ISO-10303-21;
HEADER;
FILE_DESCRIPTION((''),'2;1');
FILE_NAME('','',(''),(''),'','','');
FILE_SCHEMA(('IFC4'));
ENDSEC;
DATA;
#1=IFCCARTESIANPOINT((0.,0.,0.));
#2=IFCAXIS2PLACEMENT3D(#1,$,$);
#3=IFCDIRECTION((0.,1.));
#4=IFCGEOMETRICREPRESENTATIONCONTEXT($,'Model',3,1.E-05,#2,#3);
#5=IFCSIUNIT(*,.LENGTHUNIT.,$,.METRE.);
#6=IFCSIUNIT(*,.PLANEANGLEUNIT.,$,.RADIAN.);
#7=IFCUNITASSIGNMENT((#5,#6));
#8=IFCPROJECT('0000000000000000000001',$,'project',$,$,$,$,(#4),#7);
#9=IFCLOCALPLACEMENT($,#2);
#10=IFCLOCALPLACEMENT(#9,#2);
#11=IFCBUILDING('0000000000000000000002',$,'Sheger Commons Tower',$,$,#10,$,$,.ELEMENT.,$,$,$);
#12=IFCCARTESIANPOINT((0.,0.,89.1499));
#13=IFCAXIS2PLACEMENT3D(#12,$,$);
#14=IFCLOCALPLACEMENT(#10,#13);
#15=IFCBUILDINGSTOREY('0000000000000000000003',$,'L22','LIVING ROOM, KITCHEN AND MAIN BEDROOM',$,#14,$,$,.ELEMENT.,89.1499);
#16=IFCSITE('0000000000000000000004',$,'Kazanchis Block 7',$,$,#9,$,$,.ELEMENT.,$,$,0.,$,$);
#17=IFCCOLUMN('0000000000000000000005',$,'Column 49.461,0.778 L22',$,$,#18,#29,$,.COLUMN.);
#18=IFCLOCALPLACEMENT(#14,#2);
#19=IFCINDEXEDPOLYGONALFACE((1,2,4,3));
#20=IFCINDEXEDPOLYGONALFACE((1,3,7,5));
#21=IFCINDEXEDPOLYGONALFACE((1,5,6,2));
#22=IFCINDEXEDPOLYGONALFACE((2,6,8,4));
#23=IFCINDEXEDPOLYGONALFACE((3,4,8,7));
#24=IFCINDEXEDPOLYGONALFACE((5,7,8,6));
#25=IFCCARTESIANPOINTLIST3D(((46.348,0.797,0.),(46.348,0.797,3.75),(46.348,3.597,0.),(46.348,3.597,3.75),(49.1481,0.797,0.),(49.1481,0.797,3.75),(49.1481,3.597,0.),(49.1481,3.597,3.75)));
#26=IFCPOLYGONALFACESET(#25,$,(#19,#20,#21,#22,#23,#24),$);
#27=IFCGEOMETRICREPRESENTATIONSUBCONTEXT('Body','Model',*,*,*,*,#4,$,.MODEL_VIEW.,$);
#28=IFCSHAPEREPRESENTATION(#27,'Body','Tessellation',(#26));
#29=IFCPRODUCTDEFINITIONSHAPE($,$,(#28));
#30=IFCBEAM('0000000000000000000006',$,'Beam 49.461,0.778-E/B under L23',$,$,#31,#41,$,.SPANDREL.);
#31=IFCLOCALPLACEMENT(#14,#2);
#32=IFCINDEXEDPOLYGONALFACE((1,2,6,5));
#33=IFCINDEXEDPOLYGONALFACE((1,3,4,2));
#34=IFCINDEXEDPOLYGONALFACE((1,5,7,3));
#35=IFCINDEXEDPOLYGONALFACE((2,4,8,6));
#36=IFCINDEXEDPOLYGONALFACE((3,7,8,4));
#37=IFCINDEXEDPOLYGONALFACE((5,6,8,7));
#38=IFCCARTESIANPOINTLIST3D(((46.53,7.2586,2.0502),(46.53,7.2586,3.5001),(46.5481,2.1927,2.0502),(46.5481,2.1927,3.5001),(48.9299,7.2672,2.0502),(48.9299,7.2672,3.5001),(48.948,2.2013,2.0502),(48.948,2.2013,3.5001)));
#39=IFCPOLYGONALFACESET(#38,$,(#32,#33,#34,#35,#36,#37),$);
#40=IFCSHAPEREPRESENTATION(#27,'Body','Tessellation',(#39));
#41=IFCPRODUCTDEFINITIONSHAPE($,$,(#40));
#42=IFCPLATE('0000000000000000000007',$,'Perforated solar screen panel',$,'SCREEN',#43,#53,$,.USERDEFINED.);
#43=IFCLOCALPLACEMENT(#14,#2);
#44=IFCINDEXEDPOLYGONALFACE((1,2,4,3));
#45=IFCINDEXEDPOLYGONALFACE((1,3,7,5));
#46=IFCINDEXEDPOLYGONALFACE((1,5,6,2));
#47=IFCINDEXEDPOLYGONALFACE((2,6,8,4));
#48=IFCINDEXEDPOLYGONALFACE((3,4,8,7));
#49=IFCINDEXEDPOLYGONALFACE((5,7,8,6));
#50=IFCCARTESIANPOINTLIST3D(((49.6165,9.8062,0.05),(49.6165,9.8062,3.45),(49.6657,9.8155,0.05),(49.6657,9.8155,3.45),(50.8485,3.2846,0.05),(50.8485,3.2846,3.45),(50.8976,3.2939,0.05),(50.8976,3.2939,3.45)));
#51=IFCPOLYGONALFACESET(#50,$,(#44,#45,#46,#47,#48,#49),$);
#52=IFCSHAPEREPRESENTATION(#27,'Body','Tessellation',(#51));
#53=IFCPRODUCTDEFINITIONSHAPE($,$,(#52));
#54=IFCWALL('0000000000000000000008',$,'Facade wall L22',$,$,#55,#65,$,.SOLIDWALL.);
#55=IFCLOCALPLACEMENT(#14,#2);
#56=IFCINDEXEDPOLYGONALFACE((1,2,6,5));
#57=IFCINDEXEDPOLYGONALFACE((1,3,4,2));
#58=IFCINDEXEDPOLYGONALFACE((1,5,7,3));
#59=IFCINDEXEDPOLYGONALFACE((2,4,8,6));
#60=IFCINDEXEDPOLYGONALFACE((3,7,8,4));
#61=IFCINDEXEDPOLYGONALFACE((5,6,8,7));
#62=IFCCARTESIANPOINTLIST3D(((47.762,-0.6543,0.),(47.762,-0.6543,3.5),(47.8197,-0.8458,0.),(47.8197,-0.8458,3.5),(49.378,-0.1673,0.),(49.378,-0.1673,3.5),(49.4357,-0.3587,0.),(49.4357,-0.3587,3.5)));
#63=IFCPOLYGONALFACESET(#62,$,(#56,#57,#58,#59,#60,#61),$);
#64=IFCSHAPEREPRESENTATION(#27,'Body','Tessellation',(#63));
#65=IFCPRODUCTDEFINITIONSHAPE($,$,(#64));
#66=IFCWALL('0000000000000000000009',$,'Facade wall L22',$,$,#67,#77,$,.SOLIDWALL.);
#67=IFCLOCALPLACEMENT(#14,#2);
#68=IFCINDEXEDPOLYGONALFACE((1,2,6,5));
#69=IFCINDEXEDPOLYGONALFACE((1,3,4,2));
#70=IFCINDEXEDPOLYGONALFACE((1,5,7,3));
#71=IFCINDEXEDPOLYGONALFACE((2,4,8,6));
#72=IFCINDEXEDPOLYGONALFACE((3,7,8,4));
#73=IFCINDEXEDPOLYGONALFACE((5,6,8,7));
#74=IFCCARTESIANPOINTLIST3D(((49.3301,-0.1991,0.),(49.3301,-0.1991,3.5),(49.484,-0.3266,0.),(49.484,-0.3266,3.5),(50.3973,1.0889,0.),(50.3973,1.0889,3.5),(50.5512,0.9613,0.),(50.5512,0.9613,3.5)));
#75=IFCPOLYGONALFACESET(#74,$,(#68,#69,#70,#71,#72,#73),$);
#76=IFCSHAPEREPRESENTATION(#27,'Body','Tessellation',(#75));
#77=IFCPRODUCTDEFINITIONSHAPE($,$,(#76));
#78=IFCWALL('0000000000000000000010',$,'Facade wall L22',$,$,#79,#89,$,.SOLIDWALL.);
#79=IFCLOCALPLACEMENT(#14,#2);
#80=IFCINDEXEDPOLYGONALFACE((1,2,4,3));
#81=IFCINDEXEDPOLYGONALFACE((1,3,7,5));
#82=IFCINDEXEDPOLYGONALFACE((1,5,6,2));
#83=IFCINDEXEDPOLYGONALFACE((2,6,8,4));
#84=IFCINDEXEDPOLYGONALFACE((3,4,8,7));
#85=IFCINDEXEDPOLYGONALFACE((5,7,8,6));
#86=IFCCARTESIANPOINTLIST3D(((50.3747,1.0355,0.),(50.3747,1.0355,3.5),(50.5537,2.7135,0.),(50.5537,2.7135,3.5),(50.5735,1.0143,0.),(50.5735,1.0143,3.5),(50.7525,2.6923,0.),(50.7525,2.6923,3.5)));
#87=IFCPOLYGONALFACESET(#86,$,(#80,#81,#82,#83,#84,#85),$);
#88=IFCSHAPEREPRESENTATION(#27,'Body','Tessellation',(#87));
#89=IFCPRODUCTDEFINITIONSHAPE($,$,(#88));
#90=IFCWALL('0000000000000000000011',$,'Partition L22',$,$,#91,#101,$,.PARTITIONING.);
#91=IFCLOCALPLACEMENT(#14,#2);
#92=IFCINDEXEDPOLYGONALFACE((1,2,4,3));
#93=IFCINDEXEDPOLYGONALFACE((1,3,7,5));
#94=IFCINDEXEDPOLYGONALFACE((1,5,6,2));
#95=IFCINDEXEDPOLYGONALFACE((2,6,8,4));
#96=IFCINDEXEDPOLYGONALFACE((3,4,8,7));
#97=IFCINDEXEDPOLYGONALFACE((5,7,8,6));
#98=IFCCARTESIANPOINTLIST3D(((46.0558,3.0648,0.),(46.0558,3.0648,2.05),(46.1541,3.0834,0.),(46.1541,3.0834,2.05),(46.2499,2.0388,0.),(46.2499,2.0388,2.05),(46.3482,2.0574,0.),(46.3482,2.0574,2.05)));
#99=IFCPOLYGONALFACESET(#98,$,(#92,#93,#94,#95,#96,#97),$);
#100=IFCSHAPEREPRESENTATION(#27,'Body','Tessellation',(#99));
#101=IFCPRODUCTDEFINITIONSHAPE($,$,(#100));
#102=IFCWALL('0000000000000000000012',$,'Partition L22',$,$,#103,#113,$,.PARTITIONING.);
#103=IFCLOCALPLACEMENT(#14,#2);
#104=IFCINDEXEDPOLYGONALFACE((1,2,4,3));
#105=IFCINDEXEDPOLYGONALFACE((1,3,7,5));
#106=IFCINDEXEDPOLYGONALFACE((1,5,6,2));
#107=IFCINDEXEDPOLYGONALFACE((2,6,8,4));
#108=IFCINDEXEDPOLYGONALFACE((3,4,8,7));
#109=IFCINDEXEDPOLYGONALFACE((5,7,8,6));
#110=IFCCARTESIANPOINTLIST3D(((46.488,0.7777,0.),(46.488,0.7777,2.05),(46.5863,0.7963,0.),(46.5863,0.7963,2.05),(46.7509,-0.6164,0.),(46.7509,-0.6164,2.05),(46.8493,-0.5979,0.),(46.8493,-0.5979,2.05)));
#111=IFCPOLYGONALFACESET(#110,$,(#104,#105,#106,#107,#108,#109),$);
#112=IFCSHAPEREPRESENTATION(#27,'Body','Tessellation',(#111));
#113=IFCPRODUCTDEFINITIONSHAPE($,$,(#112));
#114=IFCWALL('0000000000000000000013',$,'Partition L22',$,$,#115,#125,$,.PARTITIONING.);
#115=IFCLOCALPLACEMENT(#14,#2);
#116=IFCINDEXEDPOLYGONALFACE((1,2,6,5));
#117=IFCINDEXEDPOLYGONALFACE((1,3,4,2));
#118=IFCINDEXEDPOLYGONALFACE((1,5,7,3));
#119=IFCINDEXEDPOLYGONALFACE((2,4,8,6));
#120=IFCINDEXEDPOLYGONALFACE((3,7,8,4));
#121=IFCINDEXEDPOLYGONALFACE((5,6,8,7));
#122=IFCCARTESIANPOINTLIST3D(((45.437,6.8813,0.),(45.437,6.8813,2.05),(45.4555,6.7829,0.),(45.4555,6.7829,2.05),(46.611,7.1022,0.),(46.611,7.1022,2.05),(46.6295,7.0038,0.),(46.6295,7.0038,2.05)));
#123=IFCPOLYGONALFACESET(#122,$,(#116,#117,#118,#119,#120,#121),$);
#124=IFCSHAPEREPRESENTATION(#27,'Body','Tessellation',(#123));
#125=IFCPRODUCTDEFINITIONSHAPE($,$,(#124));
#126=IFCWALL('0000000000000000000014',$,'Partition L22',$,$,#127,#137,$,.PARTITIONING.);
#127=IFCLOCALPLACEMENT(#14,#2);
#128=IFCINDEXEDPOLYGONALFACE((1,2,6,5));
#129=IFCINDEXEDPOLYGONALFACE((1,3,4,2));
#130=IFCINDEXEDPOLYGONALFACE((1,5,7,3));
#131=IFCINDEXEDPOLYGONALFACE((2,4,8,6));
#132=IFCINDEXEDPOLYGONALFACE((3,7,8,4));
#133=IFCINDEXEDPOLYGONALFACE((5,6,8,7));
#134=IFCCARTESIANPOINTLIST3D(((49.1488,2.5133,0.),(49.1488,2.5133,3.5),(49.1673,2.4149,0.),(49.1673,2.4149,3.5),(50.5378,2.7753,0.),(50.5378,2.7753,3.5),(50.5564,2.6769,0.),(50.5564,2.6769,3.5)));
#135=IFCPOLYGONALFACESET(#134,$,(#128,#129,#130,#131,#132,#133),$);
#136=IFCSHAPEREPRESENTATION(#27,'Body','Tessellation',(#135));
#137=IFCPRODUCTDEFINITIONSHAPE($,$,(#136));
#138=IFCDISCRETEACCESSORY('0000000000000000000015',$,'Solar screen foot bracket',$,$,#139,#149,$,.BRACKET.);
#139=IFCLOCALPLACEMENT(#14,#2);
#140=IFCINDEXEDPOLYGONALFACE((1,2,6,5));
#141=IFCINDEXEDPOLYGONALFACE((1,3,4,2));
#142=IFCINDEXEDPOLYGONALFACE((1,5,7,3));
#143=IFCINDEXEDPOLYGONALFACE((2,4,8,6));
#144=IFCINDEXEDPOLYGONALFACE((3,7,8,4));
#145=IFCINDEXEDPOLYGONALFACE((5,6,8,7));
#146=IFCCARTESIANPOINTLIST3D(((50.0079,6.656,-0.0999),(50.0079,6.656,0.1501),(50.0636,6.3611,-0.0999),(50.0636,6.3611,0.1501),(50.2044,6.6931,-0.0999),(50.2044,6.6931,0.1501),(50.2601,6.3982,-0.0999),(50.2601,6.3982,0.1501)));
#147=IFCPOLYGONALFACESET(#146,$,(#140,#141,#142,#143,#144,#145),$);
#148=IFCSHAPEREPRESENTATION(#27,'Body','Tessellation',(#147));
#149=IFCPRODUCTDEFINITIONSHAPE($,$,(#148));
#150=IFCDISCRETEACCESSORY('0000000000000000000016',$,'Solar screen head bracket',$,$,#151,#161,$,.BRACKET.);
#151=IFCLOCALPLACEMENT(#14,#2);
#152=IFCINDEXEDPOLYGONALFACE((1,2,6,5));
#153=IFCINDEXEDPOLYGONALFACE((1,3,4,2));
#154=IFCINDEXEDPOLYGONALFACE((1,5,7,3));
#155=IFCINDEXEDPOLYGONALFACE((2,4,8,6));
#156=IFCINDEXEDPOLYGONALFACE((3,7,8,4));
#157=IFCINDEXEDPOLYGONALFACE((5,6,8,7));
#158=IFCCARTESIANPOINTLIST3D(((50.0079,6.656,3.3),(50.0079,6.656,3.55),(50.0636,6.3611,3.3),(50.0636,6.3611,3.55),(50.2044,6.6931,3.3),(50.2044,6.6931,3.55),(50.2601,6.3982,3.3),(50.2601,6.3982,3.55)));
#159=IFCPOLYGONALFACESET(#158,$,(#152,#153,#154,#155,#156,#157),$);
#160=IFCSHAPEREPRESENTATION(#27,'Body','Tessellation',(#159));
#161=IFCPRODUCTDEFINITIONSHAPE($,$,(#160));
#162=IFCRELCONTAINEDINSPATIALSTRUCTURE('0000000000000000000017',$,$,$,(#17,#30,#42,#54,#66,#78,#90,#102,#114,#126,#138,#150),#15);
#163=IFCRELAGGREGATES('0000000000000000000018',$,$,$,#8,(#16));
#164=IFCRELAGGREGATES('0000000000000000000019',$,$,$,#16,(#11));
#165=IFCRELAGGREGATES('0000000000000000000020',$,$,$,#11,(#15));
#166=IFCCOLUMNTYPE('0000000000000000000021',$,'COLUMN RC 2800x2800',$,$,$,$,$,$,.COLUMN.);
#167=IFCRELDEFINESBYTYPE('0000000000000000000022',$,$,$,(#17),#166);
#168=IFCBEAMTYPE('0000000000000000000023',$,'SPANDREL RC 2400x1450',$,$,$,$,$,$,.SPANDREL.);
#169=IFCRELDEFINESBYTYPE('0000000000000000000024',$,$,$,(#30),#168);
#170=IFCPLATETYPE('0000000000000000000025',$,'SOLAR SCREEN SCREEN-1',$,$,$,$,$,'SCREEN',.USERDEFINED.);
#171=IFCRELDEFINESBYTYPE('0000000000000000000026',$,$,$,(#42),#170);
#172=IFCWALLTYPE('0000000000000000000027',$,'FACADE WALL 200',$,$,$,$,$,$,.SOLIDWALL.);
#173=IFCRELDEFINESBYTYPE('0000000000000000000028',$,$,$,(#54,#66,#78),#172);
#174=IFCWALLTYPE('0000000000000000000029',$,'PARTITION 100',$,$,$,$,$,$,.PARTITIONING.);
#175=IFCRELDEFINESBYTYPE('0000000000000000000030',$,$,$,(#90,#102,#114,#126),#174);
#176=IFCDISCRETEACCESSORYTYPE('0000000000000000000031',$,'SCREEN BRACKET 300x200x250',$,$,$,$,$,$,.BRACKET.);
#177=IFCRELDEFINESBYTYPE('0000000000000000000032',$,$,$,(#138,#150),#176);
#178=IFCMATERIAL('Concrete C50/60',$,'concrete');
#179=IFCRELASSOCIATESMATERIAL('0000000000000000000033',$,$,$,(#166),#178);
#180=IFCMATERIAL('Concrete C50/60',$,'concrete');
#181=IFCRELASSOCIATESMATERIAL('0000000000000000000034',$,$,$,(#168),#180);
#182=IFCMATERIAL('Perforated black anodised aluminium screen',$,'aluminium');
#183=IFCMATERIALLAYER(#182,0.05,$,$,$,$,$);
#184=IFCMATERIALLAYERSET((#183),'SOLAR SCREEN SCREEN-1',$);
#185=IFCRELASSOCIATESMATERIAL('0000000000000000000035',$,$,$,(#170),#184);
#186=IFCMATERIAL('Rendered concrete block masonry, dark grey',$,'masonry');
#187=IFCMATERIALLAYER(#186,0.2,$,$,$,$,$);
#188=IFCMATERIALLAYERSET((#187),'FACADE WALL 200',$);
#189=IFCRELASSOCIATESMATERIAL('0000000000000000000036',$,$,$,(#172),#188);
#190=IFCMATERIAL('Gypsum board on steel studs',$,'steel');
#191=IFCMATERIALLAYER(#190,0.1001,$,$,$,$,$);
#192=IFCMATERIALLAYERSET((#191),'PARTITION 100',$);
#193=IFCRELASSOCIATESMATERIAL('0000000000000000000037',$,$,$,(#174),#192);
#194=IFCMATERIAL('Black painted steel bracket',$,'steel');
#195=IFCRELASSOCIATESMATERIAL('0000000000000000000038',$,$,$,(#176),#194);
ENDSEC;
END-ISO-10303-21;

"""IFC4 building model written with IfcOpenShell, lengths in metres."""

from ifc_helpers import new_model, si_unit, direction, frame, frame_2d, origin, origin_2d, place, context, subcontext, project, spatial, rectangle, extrude, material, layer, layer_set, material_profile, profile_set, type_object, element, save


model = new_model("IFC4")

# Units and contexts
model_context = context("Model", 3, precision=1e-05, world=origin(), true_north=direction((0.0, 1.0)))
body_context = subcontext(model_context, "Body", "Model", "MODEL_VIEW")
ifc_project = project(units=[si_unit("LENGTHUNIT", "METRE"), si_unit("PLANEANGLEUNIT", "RADIAN")], contexts=[model_context])

# Site, building, storey
site_placement = place(None, origin())
site = spatial("IfcSite", under=ifc_project, at=site_placement, Name="Kazanchis Block 7", CompositionType="ELEMENT", RefElevation=0.0)
building_placement = place(site_placement, origin())
building = spatial("IfcBuilding", under=site, at=building_placement, Name="Sheger Commons Tower", CompositionType="ELEMENT")
storey_placement = place(building_placement, frame((0.0, 0.0, 89.1499)))
storey = spatial("IfcBuildingStorey", under=building, at=storey_placement, Name="L22", Description="LIVING ROOM, KITCHEN AND MAIN BEDROOM", CompositionType="ELEMENT", Elevation=89.1499)

# Column
ifc_material_1 = material(Name="Concrete C50/60", Category="concrete")
ifc_material_profile_1 = material_profile(ifc_material_1, rectangle(XDim=2.8, YDim=2.8, at=origin_2d()), Name="RC 2800x2800")
ifc_profile_set_1 = profile_set([ifc_material_profile_1], Name="Concrete C50/60")
column_type = type_object("IfcColumnType", Name="COLUMN RC 2800x2800", PredefinedType="COLUMN", material=ifc_profile_set_1)
column_placement = place(storey_placement, frame((47.748, 2.197, 0.0), z_axis=(0.0, 0.0, 1.0), x_axis=(1.0, 0.0, 0.0)))
element("IfcColumn", 1, at=column_placement, inside=storey, type_object=column_type, Name="Column 49.461,0.778 L22", PredefinedType="COLUMN", context=body_context, shape_type="SweptSolid", body=[
    extrude(rectangle(XDim=2.8, YDim=2.8, at=origin_2d()), origin(), (0.0, 0.0, 1.0), 3.75),
])

# Beam
ifc_material_2 = material(Name="Concrete C50/60", Category="concrete")
ifc_material_profile_2 = material_profile(ifc_material_2, rectangle(XDim=2.3999, YDim=1.45, at=origin_2d()), Name="RC 2400x1450")
ifc_profile_set_2 = profile_set([ifc_material_profile_2], Name="Concrete C50/60")
beam_type = type_object("IfcBeamType", Name="SPANDREL RC 2400x1450", PredefinedType="SPANDREL", material=ifc_profile_set_2)
beam_placement = place(storey_placement, frame((47.748, 2.197, 2.7751), z_axis=(-0.003566, 0.999994, 0.0), x_axis=(-0.999994, -0.003566, 0.0)))
element("IfcBeam", 2, at=beam_placement, inside=storey, type_object=beam_type, Name="Beam 49.461,0.778-E/B under L23", PredefinedType="SPANDREL", context=body_context, shape_type="SweptSolid", body=[
    extrude(rectangle(XDim=2.3999, YDim=1.45, at=origin_2d()), origin(), (0.0, 0.0, 1.0), 5.0659),
])

# Plate
ifc_material_3 = material(Name="Perforated black anodised aluminium screen", Category="aluminium")
ifc_layer_1 = layer(ifc_material_3, 0.05)
ifc_layer_set_1 = layer_set([ifc_layer_1], Name="SOLAR SCREEN SCREEN-1")
plate_type = type_object("IfcPlateType", Name="SOLAR SCREEN SCREEN-1", ElementType="SCREEN", PredefinedType="USERDEFINED", material=ifc_layer_set_1)
plate_placement = place(storey_placement, frame((50.2571, 6.55, 0.05), z_axis=(0.0, 0.0, 1.0), x_axis=(-0.185615, 0.982623, 0.0)))
element("IfcPlate", 3, at=plate_placement, inside=storey, type_object=plate_type, Name="Perforated solar screen panel", ObjectType="SCREEN", PredefinedType="USERDEFINED", context=body_context, shape_type="SweptSolid", body=[
    extrude(rectangle(XDim=6.637, YDim=0.05, at=origin_2d()), origin(), (0.0, 0.0, 1.0), 3.3999),
])

# Walls
ifc_material_4 = material(Name="Rendered concrete block masonry, dark grey", Category="masonry")
ifc_layer_2 = layer(ifc_material_4, 0.2)
ifc_layer_set_2 = layer_set([ifc_layer_2], Name="FACADE WALL 200")
wall_type_1 = type_object("IfcWallType", Name="FACADE WALL 200", PredefinedType="SOLIDWALL", material=ifc_layer_set_2)
wall_1_placement = place(storey_placement, frame((47.791, -0.75, 0.0), z_axis=(0.0, 0.0, 1.0), x_axis=(0.957455, 0.288582, 0.0)))
element("IfcWall", 4, at=wall_1_placement, inside=storey, type_object=wall_type_1, Name="Facade wall L22", PredefinedType="SOLIDWALL", context=body_context, shape_type="SweptSolid", body=[
    extrude(rectangle(XDim=1.6877, YDim=0.2, at=frame_2d((0.8438, 0.0))), origin(), (0.0, 0.0, 1.0), 3.5),
])
wall_2_placement = place(storey_placement, frame((49.407, -0.2629, 0.0), z_axis=(0.0, 0.0, 1.0), x_axis=(0.638043, 0.770001, 0.0)))
element("IfcWall", 5, at=wall_2_placement, inside=storey, type_object=wall_type_1, Name="Facade wall L22", PredefinedType="SOLIDWALL", context=body_context, shape_type="SweptSolid", body=[
    extrude(rectangle(XDim=1.6726, YDim=0.2, at=frame_2d((0.8364, 0.0))), origin(), (0.0, 0.0, 1.0), 3.5),
])
wall_3_placement = place(storey_placement, frame((50.4741, 1.0249, 0.0), z_axis=(0.0, 0.0, 1.0), x_axis=(0.106048, 0.994361, 0.0)))
element("IfcWall", 6, at=wall_3_placement, inside=storey, type_object=wall_type_1, Name="Facade wall L22", PredefinedType="SOLIDWALL", context=body_context, shape_type="SweptSolid", body=[
    extrude(rectangle(XDim=1.6875, YDim=0.2, at=frame_2d((0.8438, 0.0))), origin(), (0.0, 0.0, 1.0), 3.5),
])

# Walls
ifc_material_5 = material(Name="Gypsum board on steel studs", Category="steel")
ifc_layer_3 = layer(ifc_material_5, 0.1001)
ifc_layer_set_3 = layer_set([ifc_layer_3], Name="PARTITION 100")
wall_type_2 = type_object("IfcWallType", Name="PARTITION 100", PredefinedType="PARTITIONING", material=ifc_layer_set_3)
wall_4_placement = place(storey_placement, frame((46.105, 3.074, 0.0), z_axis=(0.0, 0.0, 1.0), x_axis=(0.185898, -0.982569, 0.0)))
element("IfcWall", 7, at=wall_4_placement, inside=storey, type_object=wall_type_2, Name="Partition L22", PredefinedType="PARTITIONING", context=body_context, shape_type="SweptSolid", body=[
    extrude(rectangle(XDim=1.0442, YDim=0.1001, at=frame_2d((0.522, 0.0))), origin(), (0.0, 0.0, 1.0), 2.05),
])
wall_5_placement = place(storey_placement, frame((46.5371, 0.7871, 0.0), z_axis=(0.0, 0.0, 1.0), x_axis=(0.185348, -0.982673, 0.0)))
element("IfcWall", 8, at=wall_5_placement, inside=storey, type_object=wall_type_2, Name="Partition L22", PredefinedType="PARTITIONING", context=body_context, shape_type="SweptSolid", body=[
    extrude(rectangle(XDim=1.4187, YDim=0.1001, at=frame_2d((0.7095, 0.0))), origin(), (0.0, 0.0, 1.0), 2.05),
])
wall_6_placement = place(storey_placement, frame((46.6201, 7.053, 0.0), z_axis=(0.0, 0.0, 1.0), x_axis=(-0.982749, -0.184942, 0.0)))
element("IfcWall", 9, at=wall_6_placement, inside=storey, type_object=wall_type_2, Name="Partition L22", PredefinedType="PARTITIONING", context=body_context, shape_type="SweptSolid", body=[
    extrude(rectangle(XDim=1.1946, YDim=0.1001, at=frame_2d((0.5972, 0.0))), origin(), (0.0, 0.0, 1.0), 2.05),
])
wall_7_placement = place(storey_placement, frame((50.5471, 2.7261, 0.0), z_axis=(0.0, 0.0, 1.0), x_axis=(-0.98268, -0.18531, 0.0)))
element("IfcWall", 10, at=wall_7_placement, inside=storey, type_object=wall_type_2, Name="Partition L22", PredefinedType="PARTITIONING", context=body_context, shape_type="SweptSolid", body=[
    extrude(rectangle(XDim=1.4136, YDim=0.1001, at=frame_2d((0.7068, 0.0))), origin(), (0.0, 0.0, 1.0), 3.5),
])

# Discrete accessories
ifc_material_6 = material(Name="Black painted steel bracket", Category="steel")
discrete_accessory_type = type_object("IfcDiscreteAccessoryType", Name="SCREEN BRACKET 300x200x250", PredefinedType="BRACKET", material=ifc_material_6)
for number, where, z_axis, x_axis, name in (
    (11, (50.134, 6.5271, -0.0999), (0.0, 0.0, 1.0), (-0.185615, 0.982623, 0.0), "Solar screen foot bracket"),
    (12, (50.134, 6.5271, 3.3), (0.0, 0.0, 1.0), (-0.185615, 0.982623, 0.0), "Solar screen head bracket"),
):
    element("IfcDiscreteAccessory", number, at=place(storey_placement, frame(where, z_axis=z_axis, x_axis=x_axis)), inside=storey, type_object=discrete_accessory_type, Name=name, PredefinedType="BRACKET", context=body_context, shape_type="SweptSolid", body=[
        extrude(rectangle(XDim=0.3, YDim=0.2, at=origin_2d()), origin(), (0.0, 0.0, 1.0), 0.25),
    ])

save(model, "model.ifc")
